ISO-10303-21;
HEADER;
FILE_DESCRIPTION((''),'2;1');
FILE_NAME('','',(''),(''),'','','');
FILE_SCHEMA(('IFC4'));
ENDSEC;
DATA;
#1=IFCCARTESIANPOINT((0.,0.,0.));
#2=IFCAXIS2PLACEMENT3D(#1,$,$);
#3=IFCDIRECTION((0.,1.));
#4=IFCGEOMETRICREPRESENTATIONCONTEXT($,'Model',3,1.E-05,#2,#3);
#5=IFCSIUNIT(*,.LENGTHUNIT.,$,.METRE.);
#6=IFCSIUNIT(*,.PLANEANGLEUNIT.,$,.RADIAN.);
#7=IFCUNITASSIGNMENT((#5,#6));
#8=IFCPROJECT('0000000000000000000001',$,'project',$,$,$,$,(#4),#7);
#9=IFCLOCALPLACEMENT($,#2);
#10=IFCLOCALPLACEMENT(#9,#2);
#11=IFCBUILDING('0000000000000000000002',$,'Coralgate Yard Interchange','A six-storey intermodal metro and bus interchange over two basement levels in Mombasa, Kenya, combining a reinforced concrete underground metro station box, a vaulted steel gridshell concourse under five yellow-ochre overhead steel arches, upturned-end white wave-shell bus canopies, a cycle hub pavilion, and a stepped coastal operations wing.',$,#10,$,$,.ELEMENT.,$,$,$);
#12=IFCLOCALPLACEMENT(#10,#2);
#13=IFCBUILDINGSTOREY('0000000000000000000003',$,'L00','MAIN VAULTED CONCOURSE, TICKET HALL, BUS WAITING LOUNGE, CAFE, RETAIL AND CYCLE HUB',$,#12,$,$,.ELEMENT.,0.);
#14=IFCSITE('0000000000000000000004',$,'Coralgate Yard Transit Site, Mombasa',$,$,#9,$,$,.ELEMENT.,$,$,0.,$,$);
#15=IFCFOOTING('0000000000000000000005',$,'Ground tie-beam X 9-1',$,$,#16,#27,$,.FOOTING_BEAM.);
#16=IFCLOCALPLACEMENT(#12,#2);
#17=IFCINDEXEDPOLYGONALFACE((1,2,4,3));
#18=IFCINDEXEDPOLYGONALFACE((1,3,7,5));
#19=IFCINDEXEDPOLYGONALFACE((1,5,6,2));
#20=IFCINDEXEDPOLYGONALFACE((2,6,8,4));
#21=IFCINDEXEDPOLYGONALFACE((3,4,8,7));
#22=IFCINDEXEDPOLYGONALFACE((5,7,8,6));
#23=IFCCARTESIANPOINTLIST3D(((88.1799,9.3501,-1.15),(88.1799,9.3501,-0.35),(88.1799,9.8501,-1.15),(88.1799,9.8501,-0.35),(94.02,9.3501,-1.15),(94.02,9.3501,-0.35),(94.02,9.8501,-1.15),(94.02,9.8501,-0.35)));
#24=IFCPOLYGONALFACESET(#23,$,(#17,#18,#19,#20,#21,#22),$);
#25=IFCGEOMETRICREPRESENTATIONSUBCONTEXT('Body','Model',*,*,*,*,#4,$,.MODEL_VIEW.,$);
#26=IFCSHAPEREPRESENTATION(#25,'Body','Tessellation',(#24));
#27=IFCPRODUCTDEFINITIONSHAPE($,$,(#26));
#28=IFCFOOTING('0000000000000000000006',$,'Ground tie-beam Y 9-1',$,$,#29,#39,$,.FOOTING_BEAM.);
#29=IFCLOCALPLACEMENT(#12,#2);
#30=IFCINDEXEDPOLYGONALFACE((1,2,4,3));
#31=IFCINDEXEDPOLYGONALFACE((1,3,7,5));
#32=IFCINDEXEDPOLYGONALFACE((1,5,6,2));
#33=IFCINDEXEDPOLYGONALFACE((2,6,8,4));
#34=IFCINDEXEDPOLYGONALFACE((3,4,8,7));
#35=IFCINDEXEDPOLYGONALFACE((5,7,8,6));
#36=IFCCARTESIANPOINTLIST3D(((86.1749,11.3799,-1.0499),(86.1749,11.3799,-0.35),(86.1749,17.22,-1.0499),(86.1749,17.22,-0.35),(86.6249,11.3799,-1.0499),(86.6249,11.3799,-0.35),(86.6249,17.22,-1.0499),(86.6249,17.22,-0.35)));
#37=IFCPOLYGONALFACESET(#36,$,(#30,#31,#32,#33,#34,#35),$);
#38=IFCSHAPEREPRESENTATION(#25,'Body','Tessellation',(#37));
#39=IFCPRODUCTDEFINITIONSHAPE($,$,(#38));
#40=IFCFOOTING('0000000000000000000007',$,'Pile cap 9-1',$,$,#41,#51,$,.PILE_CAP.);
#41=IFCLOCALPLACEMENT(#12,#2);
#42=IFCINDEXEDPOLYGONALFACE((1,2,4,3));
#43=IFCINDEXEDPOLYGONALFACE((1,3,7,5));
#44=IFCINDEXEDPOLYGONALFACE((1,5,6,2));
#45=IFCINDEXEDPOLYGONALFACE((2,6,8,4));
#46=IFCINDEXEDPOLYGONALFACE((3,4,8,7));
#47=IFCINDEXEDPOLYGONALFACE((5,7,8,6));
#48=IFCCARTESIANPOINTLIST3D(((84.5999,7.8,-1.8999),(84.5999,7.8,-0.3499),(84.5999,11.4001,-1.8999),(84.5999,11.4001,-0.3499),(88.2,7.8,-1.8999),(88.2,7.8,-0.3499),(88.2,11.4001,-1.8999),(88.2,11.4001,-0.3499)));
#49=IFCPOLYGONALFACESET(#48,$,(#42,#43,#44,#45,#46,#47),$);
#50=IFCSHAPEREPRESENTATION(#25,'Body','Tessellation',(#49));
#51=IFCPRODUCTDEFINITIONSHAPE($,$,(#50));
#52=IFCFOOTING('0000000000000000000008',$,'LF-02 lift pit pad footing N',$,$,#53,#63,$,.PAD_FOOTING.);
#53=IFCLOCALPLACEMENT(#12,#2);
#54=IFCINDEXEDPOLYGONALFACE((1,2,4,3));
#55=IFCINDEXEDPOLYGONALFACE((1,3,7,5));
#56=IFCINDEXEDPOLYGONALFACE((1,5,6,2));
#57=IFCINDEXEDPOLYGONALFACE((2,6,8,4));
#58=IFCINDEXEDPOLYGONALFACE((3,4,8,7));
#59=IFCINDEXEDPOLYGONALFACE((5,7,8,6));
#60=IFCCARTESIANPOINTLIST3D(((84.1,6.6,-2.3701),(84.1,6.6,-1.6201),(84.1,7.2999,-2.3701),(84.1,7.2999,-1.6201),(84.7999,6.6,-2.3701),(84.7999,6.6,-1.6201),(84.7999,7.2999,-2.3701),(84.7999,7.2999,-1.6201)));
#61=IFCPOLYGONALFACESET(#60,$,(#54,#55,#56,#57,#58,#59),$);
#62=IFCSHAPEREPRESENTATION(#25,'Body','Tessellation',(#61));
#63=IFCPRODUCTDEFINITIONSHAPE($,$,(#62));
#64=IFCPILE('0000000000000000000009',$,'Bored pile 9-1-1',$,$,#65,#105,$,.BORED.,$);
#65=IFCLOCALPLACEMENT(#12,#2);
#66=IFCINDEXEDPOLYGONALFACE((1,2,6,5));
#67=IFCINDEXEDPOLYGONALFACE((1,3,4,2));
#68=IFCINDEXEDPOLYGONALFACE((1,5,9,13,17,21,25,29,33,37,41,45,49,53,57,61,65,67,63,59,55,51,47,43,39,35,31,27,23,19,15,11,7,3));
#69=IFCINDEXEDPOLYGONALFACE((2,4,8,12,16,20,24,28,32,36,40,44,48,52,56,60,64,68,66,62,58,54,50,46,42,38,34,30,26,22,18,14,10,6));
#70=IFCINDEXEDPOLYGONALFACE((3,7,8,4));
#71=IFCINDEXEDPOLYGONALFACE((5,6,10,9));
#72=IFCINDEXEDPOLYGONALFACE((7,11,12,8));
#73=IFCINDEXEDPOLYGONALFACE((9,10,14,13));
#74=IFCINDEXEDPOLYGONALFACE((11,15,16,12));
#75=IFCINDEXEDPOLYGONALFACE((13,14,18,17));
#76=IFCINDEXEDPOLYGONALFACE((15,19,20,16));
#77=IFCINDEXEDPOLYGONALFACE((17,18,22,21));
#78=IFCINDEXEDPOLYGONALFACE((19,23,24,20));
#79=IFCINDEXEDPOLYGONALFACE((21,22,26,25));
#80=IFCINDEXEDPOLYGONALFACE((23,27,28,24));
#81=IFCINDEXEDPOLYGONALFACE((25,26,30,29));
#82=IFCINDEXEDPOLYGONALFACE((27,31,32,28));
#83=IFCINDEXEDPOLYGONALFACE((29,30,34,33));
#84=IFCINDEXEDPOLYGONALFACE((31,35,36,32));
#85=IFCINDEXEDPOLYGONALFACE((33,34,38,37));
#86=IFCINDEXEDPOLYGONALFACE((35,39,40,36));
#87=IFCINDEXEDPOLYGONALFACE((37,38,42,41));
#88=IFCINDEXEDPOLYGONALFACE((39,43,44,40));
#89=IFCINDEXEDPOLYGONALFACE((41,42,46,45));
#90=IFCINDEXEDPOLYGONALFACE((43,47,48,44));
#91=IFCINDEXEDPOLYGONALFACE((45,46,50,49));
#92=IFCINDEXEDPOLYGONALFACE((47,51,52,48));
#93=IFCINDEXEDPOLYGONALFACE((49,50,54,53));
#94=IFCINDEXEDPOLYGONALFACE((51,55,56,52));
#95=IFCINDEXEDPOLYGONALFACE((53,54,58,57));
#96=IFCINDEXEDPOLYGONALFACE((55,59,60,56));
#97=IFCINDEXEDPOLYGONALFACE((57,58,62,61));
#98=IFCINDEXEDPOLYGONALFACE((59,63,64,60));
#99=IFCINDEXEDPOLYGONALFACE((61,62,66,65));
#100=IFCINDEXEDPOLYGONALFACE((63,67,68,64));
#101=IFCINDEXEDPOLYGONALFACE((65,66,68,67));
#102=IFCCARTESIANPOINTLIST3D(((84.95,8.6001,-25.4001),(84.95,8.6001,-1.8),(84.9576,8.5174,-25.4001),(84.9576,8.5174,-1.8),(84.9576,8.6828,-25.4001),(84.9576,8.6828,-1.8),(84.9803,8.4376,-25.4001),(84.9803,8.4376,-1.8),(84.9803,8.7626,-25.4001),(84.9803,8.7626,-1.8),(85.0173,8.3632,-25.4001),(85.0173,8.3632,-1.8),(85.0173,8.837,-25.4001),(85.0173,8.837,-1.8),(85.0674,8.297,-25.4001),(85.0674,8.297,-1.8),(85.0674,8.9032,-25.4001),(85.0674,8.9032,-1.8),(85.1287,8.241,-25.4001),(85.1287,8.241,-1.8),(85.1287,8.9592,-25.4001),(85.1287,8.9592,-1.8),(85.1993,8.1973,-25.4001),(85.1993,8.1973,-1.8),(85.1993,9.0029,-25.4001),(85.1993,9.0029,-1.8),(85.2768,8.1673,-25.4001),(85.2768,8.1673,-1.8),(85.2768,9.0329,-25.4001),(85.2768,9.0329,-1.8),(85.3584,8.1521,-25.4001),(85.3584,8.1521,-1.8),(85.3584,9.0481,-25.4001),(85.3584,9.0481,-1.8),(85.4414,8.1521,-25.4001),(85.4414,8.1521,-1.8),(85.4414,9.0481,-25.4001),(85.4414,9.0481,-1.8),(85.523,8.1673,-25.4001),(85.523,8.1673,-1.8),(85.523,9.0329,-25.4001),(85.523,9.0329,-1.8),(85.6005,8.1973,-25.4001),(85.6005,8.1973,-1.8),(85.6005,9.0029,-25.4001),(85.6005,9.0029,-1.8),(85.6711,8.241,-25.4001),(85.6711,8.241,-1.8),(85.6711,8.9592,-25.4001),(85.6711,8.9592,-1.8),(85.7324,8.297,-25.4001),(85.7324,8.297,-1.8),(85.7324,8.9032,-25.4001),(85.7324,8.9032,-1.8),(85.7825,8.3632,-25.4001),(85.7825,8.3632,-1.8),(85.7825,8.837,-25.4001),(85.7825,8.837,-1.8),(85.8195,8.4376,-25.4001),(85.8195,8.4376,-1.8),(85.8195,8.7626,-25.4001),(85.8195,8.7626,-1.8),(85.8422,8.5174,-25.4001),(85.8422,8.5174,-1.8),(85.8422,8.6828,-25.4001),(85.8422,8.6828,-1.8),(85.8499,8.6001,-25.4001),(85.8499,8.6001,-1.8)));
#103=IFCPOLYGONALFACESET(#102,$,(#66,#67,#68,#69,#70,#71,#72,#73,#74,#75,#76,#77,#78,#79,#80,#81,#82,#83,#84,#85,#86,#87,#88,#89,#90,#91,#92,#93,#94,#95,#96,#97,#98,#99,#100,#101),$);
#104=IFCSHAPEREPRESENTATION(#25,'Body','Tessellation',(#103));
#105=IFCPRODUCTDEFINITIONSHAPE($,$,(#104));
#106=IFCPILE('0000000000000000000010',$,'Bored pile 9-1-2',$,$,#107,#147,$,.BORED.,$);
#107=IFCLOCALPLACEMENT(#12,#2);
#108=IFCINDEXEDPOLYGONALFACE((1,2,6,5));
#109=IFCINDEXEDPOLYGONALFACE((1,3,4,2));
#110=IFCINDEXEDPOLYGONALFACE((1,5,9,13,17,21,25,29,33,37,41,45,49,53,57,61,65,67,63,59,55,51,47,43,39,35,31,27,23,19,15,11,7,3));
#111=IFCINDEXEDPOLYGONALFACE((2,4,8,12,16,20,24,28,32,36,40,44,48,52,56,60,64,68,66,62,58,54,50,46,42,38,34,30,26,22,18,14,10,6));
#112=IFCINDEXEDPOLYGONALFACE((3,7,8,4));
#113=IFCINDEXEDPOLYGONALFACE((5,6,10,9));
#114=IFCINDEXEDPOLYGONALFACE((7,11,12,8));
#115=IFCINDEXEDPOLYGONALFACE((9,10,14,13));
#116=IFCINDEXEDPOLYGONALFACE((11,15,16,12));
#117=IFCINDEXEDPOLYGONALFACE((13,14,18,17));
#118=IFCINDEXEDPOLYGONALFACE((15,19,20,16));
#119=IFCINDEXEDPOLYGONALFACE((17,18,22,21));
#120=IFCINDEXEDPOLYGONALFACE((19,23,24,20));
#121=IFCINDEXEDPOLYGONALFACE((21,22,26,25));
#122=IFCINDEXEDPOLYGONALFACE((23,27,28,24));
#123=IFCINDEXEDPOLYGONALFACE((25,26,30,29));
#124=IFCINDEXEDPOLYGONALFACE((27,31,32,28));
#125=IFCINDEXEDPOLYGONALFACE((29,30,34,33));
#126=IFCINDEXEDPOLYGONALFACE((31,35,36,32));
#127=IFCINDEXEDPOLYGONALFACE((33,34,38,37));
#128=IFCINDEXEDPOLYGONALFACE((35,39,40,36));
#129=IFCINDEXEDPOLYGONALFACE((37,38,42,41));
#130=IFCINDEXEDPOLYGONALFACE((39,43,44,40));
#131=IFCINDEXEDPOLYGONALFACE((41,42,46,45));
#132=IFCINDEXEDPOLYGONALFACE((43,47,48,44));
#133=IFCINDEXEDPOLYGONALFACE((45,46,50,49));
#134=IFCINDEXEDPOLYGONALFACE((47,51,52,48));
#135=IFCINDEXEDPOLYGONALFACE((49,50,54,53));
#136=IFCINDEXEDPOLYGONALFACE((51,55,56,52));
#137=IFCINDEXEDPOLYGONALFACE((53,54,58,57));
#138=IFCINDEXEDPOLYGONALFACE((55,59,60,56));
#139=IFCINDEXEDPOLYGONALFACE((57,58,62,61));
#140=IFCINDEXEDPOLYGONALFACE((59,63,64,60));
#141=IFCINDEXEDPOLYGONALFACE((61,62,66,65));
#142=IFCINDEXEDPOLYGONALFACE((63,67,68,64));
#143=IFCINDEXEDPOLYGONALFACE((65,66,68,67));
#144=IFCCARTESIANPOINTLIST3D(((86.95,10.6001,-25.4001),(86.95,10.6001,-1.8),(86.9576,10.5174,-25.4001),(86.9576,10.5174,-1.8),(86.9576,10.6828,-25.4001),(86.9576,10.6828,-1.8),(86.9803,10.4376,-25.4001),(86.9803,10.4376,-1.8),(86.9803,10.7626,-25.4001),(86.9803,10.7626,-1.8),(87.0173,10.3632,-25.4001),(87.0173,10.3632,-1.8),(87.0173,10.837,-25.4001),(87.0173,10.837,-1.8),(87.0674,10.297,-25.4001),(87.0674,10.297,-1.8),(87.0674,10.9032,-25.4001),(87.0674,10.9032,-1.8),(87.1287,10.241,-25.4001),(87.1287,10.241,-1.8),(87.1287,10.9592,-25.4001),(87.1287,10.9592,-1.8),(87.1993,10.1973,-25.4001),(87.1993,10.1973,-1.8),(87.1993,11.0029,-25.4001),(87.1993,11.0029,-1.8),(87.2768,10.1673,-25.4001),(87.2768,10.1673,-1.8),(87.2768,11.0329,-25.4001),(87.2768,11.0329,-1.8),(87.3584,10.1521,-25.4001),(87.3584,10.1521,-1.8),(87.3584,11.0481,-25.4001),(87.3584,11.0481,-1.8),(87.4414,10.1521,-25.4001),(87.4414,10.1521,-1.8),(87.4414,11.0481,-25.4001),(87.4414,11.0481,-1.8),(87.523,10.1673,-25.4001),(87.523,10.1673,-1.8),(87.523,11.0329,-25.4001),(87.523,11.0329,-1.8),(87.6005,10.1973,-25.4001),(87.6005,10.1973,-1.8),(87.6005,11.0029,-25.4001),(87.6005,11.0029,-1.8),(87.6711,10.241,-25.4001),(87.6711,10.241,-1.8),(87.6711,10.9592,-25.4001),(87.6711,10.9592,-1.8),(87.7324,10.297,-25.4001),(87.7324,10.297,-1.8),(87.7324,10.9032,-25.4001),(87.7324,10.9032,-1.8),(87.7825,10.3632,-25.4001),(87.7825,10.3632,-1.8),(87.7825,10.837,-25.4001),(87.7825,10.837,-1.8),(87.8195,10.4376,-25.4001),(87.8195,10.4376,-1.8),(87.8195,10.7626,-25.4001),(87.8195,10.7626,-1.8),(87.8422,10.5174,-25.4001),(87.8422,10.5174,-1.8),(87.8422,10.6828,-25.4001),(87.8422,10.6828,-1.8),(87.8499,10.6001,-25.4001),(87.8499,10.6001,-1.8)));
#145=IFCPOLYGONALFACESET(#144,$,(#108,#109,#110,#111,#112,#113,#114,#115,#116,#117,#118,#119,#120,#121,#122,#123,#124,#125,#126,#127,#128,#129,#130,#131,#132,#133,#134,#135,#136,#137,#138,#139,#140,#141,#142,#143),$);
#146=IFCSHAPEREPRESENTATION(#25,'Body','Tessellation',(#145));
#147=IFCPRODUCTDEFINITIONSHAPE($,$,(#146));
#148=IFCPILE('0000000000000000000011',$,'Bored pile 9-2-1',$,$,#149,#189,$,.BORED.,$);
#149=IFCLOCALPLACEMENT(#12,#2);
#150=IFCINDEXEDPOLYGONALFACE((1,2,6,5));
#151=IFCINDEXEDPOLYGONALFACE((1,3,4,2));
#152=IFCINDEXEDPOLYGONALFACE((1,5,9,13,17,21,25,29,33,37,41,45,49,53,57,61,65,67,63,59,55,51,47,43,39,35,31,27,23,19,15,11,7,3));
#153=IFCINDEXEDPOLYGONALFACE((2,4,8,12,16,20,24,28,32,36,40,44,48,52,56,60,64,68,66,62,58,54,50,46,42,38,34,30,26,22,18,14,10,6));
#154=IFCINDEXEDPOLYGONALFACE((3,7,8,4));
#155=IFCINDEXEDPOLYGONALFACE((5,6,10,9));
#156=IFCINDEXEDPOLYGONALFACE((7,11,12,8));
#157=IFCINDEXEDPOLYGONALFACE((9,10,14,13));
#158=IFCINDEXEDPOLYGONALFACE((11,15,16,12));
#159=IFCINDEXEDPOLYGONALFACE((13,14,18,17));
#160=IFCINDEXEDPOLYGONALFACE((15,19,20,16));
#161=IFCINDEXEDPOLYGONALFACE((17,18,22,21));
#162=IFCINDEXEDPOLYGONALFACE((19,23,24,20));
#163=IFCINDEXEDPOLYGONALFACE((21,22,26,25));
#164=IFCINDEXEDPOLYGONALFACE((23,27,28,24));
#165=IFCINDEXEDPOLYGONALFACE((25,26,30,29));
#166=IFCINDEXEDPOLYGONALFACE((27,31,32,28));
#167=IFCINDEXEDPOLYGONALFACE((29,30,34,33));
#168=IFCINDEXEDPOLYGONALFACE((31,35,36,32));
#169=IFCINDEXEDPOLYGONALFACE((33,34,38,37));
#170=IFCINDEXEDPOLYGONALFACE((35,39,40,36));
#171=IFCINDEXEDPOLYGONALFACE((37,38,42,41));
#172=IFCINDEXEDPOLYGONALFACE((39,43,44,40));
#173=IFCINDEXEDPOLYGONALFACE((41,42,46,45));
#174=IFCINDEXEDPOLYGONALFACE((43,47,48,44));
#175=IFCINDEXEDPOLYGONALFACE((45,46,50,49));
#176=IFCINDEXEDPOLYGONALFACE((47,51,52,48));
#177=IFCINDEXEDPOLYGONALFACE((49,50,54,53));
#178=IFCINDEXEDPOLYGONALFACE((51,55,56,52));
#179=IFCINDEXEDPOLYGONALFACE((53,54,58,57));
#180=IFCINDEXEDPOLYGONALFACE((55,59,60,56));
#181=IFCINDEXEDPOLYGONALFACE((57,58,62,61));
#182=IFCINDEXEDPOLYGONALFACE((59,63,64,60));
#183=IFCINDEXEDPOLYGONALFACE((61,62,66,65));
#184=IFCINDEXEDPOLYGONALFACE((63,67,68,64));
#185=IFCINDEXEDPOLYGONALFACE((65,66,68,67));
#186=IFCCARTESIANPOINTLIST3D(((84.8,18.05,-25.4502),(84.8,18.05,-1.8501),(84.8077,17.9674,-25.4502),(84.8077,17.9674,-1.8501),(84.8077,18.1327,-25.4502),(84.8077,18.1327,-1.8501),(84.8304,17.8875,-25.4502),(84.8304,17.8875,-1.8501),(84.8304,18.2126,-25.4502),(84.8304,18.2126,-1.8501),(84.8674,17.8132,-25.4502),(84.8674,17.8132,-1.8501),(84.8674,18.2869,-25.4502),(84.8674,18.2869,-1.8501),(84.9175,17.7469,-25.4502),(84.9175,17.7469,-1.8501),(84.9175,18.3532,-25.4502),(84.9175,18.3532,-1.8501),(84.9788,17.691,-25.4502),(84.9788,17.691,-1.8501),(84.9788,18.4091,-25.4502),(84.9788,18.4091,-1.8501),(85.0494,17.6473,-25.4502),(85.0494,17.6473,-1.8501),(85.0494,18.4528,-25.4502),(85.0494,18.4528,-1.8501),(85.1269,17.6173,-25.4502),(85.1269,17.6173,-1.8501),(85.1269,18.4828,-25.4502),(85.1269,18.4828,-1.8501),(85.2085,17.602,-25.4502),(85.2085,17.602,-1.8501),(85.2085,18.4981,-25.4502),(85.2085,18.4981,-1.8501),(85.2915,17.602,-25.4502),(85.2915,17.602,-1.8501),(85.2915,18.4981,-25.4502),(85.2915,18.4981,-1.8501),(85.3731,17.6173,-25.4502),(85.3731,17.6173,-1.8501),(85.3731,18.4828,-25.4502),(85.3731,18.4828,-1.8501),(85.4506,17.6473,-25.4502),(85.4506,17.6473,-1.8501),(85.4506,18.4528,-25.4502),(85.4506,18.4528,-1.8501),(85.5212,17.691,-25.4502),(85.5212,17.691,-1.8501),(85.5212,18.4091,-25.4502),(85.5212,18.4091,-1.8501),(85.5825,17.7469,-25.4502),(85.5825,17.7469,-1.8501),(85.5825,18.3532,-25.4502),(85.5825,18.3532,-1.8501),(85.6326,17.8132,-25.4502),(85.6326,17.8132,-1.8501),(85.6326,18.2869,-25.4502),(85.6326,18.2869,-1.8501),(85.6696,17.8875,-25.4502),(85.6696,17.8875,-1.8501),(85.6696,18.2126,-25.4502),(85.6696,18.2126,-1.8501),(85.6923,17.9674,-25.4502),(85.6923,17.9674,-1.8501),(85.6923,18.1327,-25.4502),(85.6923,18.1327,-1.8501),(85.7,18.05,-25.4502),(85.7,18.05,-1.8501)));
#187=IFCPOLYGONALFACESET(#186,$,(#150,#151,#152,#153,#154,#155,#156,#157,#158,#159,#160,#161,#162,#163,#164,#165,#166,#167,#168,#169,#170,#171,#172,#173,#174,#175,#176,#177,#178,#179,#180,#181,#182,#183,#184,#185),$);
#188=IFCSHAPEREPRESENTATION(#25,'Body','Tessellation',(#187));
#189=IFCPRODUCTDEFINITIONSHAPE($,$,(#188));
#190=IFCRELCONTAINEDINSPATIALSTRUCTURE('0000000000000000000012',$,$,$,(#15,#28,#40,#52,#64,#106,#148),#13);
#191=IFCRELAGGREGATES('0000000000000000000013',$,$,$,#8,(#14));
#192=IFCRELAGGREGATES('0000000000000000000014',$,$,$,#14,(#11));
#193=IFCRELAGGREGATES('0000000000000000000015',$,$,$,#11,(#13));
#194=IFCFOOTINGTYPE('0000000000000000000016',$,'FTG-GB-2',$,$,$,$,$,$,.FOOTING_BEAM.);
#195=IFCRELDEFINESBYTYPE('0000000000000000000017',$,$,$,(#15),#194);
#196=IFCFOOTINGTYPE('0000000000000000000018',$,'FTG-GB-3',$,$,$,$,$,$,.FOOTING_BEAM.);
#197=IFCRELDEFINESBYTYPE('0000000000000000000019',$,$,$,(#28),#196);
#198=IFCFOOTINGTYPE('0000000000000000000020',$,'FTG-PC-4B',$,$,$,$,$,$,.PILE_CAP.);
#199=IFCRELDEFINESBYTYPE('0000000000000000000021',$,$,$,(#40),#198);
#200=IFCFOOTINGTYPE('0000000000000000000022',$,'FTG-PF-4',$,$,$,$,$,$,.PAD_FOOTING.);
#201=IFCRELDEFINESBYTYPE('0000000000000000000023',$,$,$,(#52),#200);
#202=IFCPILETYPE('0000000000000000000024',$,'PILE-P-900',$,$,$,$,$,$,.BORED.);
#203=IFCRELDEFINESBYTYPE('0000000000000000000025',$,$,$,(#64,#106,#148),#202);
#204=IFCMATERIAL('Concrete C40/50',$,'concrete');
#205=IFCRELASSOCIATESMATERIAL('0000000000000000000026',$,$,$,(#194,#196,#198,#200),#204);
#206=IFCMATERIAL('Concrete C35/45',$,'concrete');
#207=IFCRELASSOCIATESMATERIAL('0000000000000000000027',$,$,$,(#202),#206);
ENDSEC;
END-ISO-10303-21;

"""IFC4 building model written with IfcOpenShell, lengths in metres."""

from ifc_helpers import new_model, si_unit, direction, frame, origin, origin_2d, place, context, subcontext, project, spatial, rectangle, circle, extrude, material, material_profile, profile_set, type_object, element, save


model = new_model("IFC4")

# Units and contexts
model_context = context("Model", 3, precision=1e-05, world=origin(), true_north=direction((0.0, 1.0)))
body_context = subcontext(model_context, "Body", "Model", "MODEL_VIEW")
ifc_project = project(units=[si_unit("LENGTHUNIT", "METRE"), si_unit("PLANEANGLEUNIT", "RADIAN")], contexts=[model_context])

# Site, building, storey
site_placement = place(None, origin())
site = spatial("IfcSite", under=ifc_project, at=site_placement, Name="Coralgate Yard Transit Site, Mombasa", CompositionType="ELEMENT", RefElevation=0.0)
building_placement = place(site_placement, origin())
building = spatial("IfcBuilding", under=site, at=building_placement, Name="Coralgate Yard Interchange", Description="A six-storey intermodal metro and bus interchange over two basement levels in Mombasa, Kenya, combining a reinforced concrete underground metro station box, a vaulted steel gridshell concourse under five yellow-ochre overhead steel arches, upturned-end white wave-shell bus canopies, a cycle hub pavilion, and a stepped coastal operations wing.", CompositionType="ELEMENT")
storey_placement = place(building_placement, origin())
storey = spatial("IfcBuildingStorey", under=building, at=storey_placement, Name="L00", Description="MAIN VAULTED CONCOURSE, TICKET HALL, BUS WAITING LOUNGE, CAFE, RETAIL AND CYCLE HUB", CompositionType="ELEMENT", Elevation=0.0)

# Footings
ifc_material_1 = material(Name="Concrete C40/50", Category="concrete")
ifc_material_profile_1 = material_profile(ifc_material_1, rectangle(XDim=0.5, YDim=0.8, at=origin_2d()), Name="RC 500x800")
ifc_profile_set_1 = profile_set([ifc_material_profile_1], Name="Concrete C40/50")
footing_type_1 = type_object("IfcFootingType", Name="FTG-GB-2", PredefinedType="FOOTING_BEAM", material=ifc_profile_set_1)
footing_1_placement = place(storey_placement, frame((88.1799, 9.6001, -0.75), z_axis=(1.0, 0.0, 0.0), x_axis=(0.0, 1.0, 0.0)))
element("IfcFooting", 1, at=footing_1_placement, inside=storey, type_object=footing_type_1, Name="Ground tie-beam X 9-1", PredefinedType="FOOTING_BEAM", context=body_context, shape_type="SweptSolid", body=[
    extrude(rectangle(XDim=0.5, YDim=0.8, at=origin_2d()), origin(), (0.0, 0.0, 1.0), 5.8401),
])
ifc_material_profile_2 = material_profile(ifc_material_1, rectangle(XDim=0.45, YDim=0.7, at=origin_2d()), Name="RC 450x700")
ifc_profile_set_2 = profile_set([ifc_material_profile_2], Name="Concrete C40/50")
footing_type_2 = type_object("IfcFootingType", Name="FTG-GB-3", PredefinedType="FOOTING_BEAM", material=ifc_profile_set_2)
footing_2_placement = place(storey_placement, frame((86.3999, 11.3799, -0.7), z_axis=(0.0, 1.0, 0.0), x_axis=(-1.0, 0.0, 0.0)))
element("IfcFooting", 2, at=footing_2_placement, inside=storey, type_object=footing_type_2, Name="Ground tie-beam Y 9-1", PredefinedType="FOOTING_BEAM", context=body_context, shape_type="SweptSolid", body=[
    extrude(rectangle(XDim=0.45, YDim=0.7, at=origin_2d()), origin(), (0.0, 0.0, 1.0), 5.8401),
])
footing_type_3 = type_object("IfcFootingType", Name="FTG-PC-4B", PredefinedType="PILE_CAP", material=ifc_material_1)
footing_3_placement = place(storey_placement, frame((86.3999, 9.6001, -1.8999), z_axis=(0.0, 0.0, 1.0), x_axis=(1.0, 0.0, 0.0)))
element("IfcFooting", 3, at=footing_3_placement, inside=storey, type_object=footing_type_3, Name="Pile cap 9-1", PredefinedType="PILE_CAP", context=body_context, shape_type="SweptSolid", body=[
    extrude(rectangle(XDim=3.6001, YDim=3.6001, at=origin_2d()), origin(), (0.0, 0.0, 1.0), 1.55),
])
footing_type_4 = type_object("IfcFootingType", Name="FTG-PF-4", PredefinedType="PAD_FOOTING", material=ifc_material_1)
footing_4_placement = place(storey_placement, frame((84.45, 6.95, -2.3701), z_axis=(0.0, 0.0, 1.0), x_axis=(1.0, 0.0, 0.0)))
element("IfcFooting", 4, at=footing_4_placement, inside=storey, type_object=footing_type_4, Name="LF-02 lift pit pad footing N", PredefinedType="PAD_FOOTING", context=body_context, shape_type="SweptSolid", body=[
    extrude(rectangle(XDim=0.7, YDim=0.7, at=origin_2d()), origin(), (0.0, 0.0, 1.0), 0.75),
])

# Piles
ifc_material_2 = material(Name="Concrete C35/45", Category="concrete")
ifc_material_profile_3 = material_profile(ifc_material_2, circle(Radius=0.45, at=origin_2d()), Name="BORED PILE D900")
ifc_profile_set_3 = profile_set([ifc_material_profile_3], Name="Concrete C35/45")
pile_type = type_object("IfcPileType", Name="PILE-P-900", PredefinedType="BORED", material=ifc_profile_set_3)
for number, where, z_axis, x_axis, name in (
    (5, (85.3999, 8.6001, -1.8), (0.0, 0.0, -1.0), (1.0, 0.0, 0.0), "Bored pile 9-1-1"),
    (6, (87.3999, 10.6001, -1.8), (0.0, 0.0, -1.0), (1.0, 0.0, 0.0), "Bored pile 9-1-2"),
    (7, (85.25, 18.05, -1.8501), (0.0, 0.0, -1.0), (1.0, 0.0, 0.0), "Bored pile 9-2-1"),
):
    element("IfcPile", number, at=place(storey_placement, frame(where, z_axis=z_axis, x_axis=x_axis)), inside=storey, type_object=pile_type, Name=name, PredefinedType="BORED", context=body_context, shape_type="SweptSolid", body=[
        extrude(circle(Radius=0.45, at=origin_2d()), origin(), (0.0, 0.0, 1.0), 23.6001),
    ])

save(model, "model.ifc")
